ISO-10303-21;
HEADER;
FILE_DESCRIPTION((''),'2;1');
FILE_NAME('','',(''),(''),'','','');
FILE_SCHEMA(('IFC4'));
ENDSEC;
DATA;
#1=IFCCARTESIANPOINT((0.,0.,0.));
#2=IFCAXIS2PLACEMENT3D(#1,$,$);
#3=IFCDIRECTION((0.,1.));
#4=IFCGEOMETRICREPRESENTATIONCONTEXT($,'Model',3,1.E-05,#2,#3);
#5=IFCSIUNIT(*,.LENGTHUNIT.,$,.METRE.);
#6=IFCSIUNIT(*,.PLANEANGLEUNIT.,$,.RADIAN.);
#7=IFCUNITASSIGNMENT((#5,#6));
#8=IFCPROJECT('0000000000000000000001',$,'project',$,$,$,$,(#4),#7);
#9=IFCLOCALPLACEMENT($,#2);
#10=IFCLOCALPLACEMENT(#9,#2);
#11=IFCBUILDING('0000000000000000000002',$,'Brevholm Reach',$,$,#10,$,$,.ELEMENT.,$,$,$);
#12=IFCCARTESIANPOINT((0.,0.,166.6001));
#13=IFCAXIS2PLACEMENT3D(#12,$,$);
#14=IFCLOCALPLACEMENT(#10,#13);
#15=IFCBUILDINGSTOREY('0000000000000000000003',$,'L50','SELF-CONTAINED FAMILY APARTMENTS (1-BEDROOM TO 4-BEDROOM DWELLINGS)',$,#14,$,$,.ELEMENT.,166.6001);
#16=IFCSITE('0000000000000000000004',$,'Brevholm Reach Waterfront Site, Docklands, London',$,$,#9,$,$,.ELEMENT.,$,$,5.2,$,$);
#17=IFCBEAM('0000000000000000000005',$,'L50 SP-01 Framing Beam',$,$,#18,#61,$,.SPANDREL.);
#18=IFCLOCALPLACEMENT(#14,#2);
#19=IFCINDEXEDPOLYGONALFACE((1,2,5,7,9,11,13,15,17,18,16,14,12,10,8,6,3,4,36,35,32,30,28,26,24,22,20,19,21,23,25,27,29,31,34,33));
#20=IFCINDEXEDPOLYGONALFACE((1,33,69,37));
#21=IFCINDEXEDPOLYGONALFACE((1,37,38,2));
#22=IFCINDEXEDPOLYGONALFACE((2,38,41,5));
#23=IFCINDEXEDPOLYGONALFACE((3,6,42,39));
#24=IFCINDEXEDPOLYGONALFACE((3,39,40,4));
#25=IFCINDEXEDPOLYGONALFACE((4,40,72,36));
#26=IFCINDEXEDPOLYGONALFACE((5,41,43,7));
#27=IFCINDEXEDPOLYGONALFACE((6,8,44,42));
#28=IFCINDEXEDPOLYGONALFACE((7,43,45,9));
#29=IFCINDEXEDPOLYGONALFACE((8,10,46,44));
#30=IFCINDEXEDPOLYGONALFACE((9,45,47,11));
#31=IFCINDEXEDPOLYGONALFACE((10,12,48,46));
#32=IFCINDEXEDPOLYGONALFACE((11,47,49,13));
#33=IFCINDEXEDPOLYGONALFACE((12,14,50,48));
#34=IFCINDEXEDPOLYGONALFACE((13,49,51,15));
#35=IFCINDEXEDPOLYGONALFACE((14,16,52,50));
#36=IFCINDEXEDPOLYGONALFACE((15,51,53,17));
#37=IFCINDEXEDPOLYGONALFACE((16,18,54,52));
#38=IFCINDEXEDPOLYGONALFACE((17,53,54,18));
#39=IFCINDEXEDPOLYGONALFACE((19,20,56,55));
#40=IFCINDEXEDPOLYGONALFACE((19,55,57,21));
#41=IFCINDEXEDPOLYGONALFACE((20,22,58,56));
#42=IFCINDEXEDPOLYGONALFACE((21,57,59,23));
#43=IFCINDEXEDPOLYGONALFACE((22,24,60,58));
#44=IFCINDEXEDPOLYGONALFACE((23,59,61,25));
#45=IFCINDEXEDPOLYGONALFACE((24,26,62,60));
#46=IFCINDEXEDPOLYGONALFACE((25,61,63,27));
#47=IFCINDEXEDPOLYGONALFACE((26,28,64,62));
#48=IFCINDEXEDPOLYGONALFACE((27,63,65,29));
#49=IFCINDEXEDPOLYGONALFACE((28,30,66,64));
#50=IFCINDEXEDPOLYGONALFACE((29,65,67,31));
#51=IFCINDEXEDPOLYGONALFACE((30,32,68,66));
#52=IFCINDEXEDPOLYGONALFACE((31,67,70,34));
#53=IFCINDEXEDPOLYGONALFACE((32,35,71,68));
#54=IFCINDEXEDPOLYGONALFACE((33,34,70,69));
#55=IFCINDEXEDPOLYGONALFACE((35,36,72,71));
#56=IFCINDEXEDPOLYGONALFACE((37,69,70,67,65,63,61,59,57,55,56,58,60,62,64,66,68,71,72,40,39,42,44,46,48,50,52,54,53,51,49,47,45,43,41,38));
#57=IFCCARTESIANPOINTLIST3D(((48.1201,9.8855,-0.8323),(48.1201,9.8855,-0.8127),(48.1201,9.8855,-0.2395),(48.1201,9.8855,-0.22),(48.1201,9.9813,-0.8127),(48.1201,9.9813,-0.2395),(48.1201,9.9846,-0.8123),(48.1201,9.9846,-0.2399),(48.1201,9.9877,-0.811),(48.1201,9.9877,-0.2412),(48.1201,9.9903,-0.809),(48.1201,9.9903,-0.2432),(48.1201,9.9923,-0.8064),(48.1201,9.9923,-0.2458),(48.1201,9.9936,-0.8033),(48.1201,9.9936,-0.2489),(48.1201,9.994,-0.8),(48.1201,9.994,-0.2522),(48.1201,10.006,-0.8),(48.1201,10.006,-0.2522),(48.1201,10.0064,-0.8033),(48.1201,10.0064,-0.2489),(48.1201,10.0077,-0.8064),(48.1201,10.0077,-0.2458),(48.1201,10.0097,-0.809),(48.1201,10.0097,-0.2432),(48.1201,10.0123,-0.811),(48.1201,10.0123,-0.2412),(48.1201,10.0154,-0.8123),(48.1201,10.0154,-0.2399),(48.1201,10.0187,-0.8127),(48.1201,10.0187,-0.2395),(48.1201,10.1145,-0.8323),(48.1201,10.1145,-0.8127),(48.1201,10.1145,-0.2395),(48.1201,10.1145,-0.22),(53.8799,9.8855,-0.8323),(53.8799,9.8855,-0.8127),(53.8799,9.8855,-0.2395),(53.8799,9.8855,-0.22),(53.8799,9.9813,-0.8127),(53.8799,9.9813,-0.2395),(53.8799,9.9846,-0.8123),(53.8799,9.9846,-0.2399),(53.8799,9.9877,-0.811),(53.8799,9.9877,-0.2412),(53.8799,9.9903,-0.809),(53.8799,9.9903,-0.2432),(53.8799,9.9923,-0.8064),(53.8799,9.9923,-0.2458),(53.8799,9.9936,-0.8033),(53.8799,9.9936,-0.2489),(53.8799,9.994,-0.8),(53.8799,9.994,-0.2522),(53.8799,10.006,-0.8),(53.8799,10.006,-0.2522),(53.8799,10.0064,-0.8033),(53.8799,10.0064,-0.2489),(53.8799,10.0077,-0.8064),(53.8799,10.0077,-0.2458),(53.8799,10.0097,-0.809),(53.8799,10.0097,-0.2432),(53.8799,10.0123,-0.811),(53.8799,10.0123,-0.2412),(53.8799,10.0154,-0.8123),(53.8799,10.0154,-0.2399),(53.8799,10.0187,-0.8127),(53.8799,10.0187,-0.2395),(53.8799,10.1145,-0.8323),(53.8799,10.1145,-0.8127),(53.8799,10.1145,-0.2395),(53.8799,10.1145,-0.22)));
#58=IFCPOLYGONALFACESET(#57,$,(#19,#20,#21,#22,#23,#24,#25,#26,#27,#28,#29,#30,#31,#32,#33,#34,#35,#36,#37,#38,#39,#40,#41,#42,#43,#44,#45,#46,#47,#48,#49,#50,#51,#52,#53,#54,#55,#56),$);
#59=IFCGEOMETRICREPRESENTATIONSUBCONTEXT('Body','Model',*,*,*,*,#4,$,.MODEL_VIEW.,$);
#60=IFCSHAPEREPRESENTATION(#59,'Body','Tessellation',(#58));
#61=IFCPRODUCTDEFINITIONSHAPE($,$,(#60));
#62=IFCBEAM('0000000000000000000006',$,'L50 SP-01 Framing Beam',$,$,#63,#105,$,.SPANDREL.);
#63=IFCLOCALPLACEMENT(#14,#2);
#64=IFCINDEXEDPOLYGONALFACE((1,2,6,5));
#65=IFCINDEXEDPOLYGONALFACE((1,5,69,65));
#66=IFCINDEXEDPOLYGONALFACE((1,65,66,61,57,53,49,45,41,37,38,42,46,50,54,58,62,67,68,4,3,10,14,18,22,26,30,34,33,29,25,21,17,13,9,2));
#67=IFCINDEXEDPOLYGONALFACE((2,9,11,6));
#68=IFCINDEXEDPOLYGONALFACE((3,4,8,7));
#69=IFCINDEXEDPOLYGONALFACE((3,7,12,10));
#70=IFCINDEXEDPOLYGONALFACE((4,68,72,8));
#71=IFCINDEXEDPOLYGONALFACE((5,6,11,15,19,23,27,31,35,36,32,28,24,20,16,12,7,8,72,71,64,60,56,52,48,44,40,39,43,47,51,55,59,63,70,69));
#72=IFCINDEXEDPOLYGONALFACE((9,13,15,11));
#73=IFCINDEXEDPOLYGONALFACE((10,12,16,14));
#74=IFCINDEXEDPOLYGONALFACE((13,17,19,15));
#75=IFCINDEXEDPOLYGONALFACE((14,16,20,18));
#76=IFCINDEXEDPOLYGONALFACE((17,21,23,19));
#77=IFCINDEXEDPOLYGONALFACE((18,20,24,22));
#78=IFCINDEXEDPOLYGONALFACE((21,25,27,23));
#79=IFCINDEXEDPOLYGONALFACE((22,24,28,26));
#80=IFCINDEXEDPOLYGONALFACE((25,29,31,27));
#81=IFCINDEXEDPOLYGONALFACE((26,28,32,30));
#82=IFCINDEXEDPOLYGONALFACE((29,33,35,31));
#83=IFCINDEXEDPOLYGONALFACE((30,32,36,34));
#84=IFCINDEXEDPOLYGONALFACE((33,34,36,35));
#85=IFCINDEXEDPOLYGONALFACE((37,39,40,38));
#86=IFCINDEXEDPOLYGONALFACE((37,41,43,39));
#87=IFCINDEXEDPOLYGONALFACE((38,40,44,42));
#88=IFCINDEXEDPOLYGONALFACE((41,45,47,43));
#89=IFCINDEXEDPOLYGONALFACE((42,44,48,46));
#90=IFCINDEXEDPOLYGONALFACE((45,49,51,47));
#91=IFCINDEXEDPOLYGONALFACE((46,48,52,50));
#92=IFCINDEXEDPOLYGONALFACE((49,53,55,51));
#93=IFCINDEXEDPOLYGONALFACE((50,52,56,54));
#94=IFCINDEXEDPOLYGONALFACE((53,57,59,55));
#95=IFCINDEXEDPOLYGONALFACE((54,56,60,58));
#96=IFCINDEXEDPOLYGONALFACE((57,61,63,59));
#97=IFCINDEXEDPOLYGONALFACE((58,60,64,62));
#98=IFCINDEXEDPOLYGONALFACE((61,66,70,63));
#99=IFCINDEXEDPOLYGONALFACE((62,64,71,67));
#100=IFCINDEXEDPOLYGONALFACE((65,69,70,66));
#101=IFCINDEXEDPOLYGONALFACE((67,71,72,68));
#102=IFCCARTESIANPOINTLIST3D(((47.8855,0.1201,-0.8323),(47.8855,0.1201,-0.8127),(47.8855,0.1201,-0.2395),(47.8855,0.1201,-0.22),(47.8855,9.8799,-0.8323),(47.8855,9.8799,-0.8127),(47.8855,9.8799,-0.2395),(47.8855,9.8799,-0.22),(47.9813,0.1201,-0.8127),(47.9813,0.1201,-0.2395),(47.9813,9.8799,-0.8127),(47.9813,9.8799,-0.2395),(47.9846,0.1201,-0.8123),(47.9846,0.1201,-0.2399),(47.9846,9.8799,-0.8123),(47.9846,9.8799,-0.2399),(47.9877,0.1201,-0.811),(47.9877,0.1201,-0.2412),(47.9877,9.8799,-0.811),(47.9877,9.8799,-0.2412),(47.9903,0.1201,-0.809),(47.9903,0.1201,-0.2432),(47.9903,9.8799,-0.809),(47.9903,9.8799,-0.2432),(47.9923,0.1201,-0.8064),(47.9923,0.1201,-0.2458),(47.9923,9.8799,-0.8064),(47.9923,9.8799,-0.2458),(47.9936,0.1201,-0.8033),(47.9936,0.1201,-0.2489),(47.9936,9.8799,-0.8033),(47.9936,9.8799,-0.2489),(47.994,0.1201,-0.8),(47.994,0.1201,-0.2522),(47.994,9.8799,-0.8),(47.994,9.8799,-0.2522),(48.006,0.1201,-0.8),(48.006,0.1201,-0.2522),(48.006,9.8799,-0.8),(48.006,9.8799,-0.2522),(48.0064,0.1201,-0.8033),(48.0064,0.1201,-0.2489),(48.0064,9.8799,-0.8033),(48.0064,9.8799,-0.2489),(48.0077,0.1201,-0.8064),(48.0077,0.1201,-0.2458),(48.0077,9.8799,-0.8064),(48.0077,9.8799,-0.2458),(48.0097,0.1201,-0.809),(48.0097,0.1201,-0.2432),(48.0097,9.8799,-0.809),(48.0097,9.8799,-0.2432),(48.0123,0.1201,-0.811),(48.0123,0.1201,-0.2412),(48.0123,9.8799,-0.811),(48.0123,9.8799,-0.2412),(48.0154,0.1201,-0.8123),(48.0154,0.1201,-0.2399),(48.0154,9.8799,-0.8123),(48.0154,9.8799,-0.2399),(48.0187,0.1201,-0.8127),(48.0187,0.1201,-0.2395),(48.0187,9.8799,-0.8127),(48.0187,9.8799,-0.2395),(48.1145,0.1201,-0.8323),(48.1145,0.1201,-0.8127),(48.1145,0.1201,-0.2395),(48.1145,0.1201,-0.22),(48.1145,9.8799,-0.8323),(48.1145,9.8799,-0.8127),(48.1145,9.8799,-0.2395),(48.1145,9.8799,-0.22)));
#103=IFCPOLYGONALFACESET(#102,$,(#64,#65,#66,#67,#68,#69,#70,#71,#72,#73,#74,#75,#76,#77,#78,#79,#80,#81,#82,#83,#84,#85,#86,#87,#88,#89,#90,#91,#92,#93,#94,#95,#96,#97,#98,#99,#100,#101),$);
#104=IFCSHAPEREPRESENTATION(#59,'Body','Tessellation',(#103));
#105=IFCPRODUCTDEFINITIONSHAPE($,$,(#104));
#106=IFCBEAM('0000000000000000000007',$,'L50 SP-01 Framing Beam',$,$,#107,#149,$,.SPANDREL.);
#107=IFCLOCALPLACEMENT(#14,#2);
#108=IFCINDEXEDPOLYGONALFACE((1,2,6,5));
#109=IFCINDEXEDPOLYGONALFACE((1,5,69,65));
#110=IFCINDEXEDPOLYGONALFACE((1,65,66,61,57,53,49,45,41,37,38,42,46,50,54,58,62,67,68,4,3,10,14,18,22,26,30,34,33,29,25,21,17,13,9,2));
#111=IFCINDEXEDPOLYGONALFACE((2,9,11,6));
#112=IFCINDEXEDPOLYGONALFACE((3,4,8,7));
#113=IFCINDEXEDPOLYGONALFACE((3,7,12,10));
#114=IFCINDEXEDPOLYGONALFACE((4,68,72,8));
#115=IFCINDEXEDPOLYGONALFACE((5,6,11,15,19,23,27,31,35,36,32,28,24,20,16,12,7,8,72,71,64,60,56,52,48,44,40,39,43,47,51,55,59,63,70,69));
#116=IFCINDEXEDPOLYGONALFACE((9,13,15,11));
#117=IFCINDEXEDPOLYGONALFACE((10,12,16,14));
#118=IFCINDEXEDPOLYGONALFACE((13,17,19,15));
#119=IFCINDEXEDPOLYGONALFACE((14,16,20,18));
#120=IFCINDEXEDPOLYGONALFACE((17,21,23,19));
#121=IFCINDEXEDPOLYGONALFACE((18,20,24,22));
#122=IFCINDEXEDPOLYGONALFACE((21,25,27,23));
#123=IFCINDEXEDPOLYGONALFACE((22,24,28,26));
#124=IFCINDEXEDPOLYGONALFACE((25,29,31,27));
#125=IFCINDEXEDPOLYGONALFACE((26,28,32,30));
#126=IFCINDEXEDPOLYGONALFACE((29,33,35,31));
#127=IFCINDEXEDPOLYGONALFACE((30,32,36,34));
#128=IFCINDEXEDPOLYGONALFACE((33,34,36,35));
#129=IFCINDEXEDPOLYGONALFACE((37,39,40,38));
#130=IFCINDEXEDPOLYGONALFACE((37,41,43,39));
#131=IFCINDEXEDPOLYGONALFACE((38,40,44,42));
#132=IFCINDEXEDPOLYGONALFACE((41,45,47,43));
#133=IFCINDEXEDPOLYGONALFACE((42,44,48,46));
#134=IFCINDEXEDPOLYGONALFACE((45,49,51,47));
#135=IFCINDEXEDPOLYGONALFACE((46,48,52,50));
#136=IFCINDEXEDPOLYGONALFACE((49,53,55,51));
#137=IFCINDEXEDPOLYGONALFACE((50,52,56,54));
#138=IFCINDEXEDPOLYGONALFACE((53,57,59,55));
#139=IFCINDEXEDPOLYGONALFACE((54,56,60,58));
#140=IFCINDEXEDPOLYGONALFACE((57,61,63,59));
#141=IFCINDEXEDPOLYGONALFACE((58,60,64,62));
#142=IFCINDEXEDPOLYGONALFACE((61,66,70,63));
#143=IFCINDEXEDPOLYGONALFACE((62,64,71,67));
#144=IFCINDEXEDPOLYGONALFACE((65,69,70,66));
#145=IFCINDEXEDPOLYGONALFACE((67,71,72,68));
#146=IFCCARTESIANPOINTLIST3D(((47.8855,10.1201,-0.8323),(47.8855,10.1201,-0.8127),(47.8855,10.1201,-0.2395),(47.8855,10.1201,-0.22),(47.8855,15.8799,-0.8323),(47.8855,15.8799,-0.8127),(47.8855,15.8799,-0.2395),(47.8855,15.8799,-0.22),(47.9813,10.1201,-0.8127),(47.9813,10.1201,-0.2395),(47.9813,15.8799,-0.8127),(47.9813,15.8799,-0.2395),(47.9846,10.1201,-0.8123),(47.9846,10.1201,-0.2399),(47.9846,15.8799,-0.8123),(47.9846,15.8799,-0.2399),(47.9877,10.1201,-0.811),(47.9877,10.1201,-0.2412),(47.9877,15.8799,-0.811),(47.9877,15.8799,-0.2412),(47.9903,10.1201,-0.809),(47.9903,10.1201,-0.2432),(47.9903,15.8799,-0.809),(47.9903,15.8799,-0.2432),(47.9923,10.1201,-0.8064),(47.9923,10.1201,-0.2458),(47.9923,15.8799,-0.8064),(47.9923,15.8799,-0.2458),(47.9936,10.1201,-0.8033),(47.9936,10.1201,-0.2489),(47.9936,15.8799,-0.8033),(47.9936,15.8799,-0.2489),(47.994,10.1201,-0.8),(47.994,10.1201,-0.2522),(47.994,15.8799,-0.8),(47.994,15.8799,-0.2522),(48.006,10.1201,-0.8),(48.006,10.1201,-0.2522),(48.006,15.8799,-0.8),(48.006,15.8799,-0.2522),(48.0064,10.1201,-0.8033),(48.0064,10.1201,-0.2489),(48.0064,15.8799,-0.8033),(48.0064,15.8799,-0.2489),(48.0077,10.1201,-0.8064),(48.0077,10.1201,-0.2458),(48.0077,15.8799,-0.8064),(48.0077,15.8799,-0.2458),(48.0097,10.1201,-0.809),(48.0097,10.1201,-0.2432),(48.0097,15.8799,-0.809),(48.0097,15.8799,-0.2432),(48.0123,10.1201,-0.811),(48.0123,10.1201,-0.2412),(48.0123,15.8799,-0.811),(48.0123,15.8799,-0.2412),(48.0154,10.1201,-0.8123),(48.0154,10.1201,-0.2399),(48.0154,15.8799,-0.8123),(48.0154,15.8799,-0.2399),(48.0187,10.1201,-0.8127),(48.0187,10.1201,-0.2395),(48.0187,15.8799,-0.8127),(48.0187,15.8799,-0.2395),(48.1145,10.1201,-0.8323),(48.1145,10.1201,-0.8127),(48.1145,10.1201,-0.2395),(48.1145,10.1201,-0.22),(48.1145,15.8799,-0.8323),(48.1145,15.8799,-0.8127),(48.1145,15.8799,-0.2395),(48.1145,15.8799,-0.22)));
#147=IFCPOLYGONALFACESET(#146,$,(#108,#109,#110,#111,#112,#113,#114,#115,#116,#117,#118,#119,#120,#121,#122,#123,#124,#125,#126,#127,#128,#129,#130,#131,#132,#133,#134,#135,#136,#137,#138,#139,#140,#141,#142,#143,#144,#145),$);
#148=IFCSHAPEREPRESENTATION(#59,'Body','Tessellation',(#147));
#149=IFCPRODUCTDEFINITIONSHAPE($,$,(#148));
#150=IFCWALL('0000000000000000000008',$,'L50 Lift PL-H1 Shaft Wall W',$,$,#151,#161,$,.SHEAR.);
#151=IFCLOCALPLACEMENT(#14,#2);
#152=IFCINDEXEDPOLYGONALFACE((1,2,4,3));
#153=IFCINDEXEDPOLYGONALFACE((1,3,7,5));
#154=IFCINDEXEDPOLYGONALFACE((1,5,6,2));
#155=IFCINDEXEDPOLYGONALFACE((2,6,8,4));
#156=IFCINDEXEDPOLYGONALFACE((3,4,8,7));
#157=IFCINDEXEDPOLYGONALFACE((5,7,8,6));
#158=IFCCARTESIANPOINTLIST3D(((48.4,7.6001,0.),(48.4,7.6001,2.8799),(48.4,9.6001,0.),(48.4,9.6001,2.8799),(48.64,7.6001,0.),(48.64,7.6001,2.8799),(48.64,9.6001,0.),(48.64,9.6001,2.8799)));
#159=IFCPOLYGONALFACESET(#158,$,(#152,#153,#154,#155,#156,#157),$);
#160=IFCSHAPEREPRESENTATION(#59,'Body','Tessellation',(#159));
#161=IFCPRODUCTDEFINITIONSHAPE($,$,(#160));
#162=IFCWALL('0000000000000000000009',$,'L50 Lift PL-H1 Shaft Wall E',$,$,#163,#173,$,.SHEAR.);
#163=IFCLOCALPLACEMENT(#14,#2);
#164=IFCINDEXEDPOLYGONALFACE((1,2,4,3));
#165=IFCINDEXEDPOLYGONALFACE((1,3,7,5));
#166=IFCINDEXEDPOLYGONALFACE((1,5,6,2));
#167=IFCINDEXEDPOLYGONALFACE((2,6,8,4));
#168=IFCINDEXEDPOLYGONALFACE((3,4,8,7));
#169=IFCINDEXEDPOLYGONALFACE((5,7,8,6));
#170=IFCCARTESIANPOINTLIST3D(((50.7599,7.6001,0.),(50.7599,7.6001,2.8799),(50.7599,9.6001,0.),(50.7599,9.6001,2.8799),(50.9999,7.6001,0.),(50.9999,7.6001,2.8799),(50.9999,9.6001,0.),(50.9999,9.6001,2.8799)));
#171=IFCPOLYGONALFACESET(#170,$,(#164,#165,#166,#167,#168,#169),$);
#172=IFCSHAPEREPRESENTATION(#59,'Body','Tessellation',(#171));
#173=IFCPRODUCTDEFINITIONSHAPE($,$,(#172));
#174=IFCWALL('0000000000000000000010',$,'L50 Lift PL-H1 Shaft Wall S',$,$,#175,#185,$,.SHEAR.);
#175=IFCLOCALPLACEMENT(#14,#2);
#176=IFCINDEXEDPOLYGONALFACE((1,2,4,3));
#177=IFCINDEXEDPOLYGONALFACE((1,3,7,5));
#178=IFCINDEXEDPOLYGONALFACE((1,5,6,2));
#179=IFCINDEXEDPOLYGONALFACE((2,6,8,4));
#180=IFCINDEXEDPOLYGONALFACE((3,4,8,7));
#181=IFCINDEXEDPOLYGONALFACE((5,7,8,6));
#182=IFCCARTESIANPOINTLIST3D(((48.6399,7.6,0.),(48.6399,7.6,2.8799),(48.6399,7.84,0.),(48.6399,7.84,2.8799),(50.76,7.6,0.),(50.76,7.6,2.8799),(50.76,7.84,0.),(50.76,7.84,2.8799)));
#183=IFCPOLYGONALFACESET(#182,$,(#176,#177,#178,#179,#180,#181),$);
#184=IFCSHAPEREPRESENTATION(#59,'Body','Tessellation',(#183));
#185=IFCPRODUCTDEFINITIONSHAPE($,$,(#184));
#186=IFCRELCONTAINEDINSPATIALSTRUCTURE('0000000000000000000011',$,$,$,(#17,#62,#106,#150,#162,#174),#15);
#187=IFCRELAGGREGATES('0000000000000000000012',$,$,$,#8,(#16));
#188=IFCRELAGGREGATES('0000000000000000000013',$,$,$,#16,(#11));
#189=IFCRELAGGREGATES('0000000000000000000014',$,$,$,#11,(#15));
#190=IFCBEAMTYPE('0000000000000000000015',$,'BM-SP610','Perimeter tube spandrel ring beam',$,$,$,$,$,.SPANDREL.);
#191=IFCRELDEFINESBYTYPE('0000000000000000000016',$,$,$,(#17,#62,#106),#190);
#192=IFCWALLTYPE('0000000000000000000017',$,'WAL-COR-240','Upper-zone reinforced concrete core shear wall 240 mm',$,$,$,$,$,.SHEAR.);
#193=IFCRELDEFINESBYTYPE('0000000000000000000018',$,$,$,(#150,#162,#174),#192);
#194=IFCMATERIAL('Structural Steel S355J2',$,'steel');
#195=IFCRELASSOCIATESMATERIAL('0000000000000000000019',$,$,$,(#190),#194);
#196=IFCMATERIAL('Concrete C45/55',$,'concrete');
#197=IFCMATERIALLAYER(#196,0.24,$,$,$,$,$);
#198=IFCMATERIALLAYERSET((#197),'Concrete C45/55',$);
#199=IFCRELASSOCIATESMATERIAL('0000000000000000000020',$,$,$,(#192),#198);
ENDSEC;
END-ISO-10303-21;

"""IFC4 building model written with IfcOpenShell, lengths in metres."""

from ifc_helpers import new_model, si_unit, direction, frame, frame_2d, origin, origin_2d, place, context, subcontext, project, spatial, rectangle, i_section, extrude, material, layer, layer_set, material_profile, profile_set, type_object, element, save


model = new_model("IFC4")

# Units and contexts
model_context = context("Model", 3, precision=1e-05, world=origin(), true_north=direction((0.0, 1.0)))
body_context = subcontext(model_context, "Body", "Model", "MODEL_VIEW")
ifc_project = project(units=[si_unit("LENGTHUNIT", "METRE"), si_unit("PLANEANGLEUNIT", "RADIAN")], contexts=[model_context])

# Site, building, storey
site_placement = place(None, origin())
site = spatial("IfcSite", under=ifc_project, at=site_placement, Name="Brevholm Reach Waterfront Site, Docklands, London", CompositionType="ELEMENT", RefElevation=5.2)
building_placement = place(site_placement, origin())
building = spatial("IfcBuilding", under=site, at=building_placement, Name="Brevholm Reach", CompositionType="ELEMENT")
storey_placement = place(building_placement, frame((0.0, 0.0, 166.6001)))
storey = spatial("IfcBuildingStorey", under=building, at=storey_placement, Name="L50", Description="SELF-CONTAINED FAMILY APARTMENTS (1-BEDROOM TO 4-BEDROOM DWELLINGS)", CompositionType="ELEMENT", Elevation=166.6001)

# Beams
ifc_material_1 = material(Name="Structural Steel S355J2", Category="steel")
ifc_material_profile_1 = material_profile(ifc_material_1, i_section(OverallWidth=0.229, OverallDepth=0.6123, WebThickness=0.012, FlangeThickness=0.0195, FilletRadius=0.0127, at=origin_2d()), Name="UKB 610x229x125")
ifc_profile_set_1 = profile_set([ifc_material_profile_1], Name="Structural Steel S355J2")
beam_type_1 = type_object("IfcBeamType", Name="BM-SP610", Description="Perimeter tube spandrel ring beam", PredefinedType="SPANDREL", material=ifc_profile_set_1)
beam_1_placement = place(storey_placement, frame((48.1201, 10.0, -0.5261), z_axis=(1.0, 0.0, 0.0), x_axis=(0.0, 1.0, 0.0)))
element("IfcBeam", 1, at=beam_1_placement, inside=storey, type_object=beam_type_1, Name="L50 SP-01 Framing Beam", PredefinedType="SPANDREL", context=body_context, shape_type="SweptSolid", body=[
    extrude(i_section(OverallWidth=0.229, OverallDepth=0.6123, WebThickness=0.012, FlangeThickness=0.0195, FilletRadius=0.0127, at=origin_2d()), origin(), (0.0, 0.0, 1.0), 5.7598),
])
beam_2_placement = place(storey_placement, frame((48.0, 0.1201, -0.5261), z_axis=(0.0, 1.0, 0.0), x_axis=(-1.0, 0.0, 0.0)))
element("IfcBeam", 2, at=beam_2_placement, inside=storey, type_object=beam_type_1, Name="L50 SP-01 Framing Beam", PredefinedType="SPANDREL", context=body_context, shape_type="SweptSolid", body=[
    extrude(i_section(OverallWidth=0.229, OverallDepth=0.6123, WebThickness=0.012, FlangeThickness=0.0195, FilletRadius=0.0127, at=origin_2d()), origin(), (0.0, 0.0, 1.0), 9.7598),
])
beam_3_placement = place(storey_placement, frame((48.0, 10.1201, -0.5261), z_axis=(0.0, 1.0, 0.0), x_axis=(-1.0, 0.0, 0.0)))
element("IfcBeam", 3, at=beam_3_placement, inside=storey, type_object=beam_type_1, Name="L50 SP-01 Framing Beam", PredefinedType="SPANDREL", context=body_context, shape_type="SweptSolid", body=[
    extrude(i_section(OverallWidth=0.229, OverallDepth=0.6123, WebThickness=0.012, FlangeThickness=0.0195, FilletRadius=0.0127, at=origin_2d()), origin(), (0.0, 0.0, 1.0), 5.7598),
])

# Walls
ifc_material_2 = material(Name="Concrete C45/55", Category="concrete")
ifc_layer_1 = layer(ifc_material_2, 0.24)
ifc_layer_set_1 = layer_set([ifc_layer_1], Name="Concrete C45/55")
wall_type_1 = type_object("IfcWallType", Name="WAL-COR-240", Description="Upper-zone reinforced concrete core shear wall 240 mm", PredefinedType="SHEAR", material=ifc_layer_set_1)
for number, where, z_axis, x_axis, name in (
    (4, (48.52, 7.6001, 0.0), (0.0, 0.0, 1.0), (0.0, 1.0, 0.0), "L50 Lift PL-H1 Shaft Wall W"),
    (5, (50.8799, 7.6001, 0.0), (0.0, 0.0, 1.0), (0.0, 1.0, 0.0), "L50 Lift PL-H1 Shaft Wall E"),
):
    element("IfcWall", number, at=place(storey_placement, frame(where, z_axis=z_axis, x_axis=x_axis)), inside=storey, type_object=wall_type_1, Name=name, PredefinedType="SHEAR", context=body_context, shape_type="SweptSolid", body=[
        extrude(rectangle(XDim=2.0, YDim=0.24, at=frame_2d((1.0, 0.0))), origin(), (0.0, 0.0, 1.0), 2.8799),
    ])
wall_1_placement = place(storey_placement, frame((48.6399, 7.72, 0.0), z_axis=(0.0, 0.0, 1.0), x_axis=(1.0, 0.0, 0.0)))
element("IfcWall", 6, at=wall_1_placement, inside=storey, type_object=wall_type_1, Name="L50 Lift PL-H1 Shaft Wall S", PredefinedType="SHEAR", context=body_context, shape_type="SweptSolid", body=[
    extrude(rectangle(XDim=2.1201, YDim=0.24, at=frame_2d((1.0601, 0.0))), origin(), (0.0, 0.0, 1.0), 2.8799),
])

save(model, "model.ifc")
